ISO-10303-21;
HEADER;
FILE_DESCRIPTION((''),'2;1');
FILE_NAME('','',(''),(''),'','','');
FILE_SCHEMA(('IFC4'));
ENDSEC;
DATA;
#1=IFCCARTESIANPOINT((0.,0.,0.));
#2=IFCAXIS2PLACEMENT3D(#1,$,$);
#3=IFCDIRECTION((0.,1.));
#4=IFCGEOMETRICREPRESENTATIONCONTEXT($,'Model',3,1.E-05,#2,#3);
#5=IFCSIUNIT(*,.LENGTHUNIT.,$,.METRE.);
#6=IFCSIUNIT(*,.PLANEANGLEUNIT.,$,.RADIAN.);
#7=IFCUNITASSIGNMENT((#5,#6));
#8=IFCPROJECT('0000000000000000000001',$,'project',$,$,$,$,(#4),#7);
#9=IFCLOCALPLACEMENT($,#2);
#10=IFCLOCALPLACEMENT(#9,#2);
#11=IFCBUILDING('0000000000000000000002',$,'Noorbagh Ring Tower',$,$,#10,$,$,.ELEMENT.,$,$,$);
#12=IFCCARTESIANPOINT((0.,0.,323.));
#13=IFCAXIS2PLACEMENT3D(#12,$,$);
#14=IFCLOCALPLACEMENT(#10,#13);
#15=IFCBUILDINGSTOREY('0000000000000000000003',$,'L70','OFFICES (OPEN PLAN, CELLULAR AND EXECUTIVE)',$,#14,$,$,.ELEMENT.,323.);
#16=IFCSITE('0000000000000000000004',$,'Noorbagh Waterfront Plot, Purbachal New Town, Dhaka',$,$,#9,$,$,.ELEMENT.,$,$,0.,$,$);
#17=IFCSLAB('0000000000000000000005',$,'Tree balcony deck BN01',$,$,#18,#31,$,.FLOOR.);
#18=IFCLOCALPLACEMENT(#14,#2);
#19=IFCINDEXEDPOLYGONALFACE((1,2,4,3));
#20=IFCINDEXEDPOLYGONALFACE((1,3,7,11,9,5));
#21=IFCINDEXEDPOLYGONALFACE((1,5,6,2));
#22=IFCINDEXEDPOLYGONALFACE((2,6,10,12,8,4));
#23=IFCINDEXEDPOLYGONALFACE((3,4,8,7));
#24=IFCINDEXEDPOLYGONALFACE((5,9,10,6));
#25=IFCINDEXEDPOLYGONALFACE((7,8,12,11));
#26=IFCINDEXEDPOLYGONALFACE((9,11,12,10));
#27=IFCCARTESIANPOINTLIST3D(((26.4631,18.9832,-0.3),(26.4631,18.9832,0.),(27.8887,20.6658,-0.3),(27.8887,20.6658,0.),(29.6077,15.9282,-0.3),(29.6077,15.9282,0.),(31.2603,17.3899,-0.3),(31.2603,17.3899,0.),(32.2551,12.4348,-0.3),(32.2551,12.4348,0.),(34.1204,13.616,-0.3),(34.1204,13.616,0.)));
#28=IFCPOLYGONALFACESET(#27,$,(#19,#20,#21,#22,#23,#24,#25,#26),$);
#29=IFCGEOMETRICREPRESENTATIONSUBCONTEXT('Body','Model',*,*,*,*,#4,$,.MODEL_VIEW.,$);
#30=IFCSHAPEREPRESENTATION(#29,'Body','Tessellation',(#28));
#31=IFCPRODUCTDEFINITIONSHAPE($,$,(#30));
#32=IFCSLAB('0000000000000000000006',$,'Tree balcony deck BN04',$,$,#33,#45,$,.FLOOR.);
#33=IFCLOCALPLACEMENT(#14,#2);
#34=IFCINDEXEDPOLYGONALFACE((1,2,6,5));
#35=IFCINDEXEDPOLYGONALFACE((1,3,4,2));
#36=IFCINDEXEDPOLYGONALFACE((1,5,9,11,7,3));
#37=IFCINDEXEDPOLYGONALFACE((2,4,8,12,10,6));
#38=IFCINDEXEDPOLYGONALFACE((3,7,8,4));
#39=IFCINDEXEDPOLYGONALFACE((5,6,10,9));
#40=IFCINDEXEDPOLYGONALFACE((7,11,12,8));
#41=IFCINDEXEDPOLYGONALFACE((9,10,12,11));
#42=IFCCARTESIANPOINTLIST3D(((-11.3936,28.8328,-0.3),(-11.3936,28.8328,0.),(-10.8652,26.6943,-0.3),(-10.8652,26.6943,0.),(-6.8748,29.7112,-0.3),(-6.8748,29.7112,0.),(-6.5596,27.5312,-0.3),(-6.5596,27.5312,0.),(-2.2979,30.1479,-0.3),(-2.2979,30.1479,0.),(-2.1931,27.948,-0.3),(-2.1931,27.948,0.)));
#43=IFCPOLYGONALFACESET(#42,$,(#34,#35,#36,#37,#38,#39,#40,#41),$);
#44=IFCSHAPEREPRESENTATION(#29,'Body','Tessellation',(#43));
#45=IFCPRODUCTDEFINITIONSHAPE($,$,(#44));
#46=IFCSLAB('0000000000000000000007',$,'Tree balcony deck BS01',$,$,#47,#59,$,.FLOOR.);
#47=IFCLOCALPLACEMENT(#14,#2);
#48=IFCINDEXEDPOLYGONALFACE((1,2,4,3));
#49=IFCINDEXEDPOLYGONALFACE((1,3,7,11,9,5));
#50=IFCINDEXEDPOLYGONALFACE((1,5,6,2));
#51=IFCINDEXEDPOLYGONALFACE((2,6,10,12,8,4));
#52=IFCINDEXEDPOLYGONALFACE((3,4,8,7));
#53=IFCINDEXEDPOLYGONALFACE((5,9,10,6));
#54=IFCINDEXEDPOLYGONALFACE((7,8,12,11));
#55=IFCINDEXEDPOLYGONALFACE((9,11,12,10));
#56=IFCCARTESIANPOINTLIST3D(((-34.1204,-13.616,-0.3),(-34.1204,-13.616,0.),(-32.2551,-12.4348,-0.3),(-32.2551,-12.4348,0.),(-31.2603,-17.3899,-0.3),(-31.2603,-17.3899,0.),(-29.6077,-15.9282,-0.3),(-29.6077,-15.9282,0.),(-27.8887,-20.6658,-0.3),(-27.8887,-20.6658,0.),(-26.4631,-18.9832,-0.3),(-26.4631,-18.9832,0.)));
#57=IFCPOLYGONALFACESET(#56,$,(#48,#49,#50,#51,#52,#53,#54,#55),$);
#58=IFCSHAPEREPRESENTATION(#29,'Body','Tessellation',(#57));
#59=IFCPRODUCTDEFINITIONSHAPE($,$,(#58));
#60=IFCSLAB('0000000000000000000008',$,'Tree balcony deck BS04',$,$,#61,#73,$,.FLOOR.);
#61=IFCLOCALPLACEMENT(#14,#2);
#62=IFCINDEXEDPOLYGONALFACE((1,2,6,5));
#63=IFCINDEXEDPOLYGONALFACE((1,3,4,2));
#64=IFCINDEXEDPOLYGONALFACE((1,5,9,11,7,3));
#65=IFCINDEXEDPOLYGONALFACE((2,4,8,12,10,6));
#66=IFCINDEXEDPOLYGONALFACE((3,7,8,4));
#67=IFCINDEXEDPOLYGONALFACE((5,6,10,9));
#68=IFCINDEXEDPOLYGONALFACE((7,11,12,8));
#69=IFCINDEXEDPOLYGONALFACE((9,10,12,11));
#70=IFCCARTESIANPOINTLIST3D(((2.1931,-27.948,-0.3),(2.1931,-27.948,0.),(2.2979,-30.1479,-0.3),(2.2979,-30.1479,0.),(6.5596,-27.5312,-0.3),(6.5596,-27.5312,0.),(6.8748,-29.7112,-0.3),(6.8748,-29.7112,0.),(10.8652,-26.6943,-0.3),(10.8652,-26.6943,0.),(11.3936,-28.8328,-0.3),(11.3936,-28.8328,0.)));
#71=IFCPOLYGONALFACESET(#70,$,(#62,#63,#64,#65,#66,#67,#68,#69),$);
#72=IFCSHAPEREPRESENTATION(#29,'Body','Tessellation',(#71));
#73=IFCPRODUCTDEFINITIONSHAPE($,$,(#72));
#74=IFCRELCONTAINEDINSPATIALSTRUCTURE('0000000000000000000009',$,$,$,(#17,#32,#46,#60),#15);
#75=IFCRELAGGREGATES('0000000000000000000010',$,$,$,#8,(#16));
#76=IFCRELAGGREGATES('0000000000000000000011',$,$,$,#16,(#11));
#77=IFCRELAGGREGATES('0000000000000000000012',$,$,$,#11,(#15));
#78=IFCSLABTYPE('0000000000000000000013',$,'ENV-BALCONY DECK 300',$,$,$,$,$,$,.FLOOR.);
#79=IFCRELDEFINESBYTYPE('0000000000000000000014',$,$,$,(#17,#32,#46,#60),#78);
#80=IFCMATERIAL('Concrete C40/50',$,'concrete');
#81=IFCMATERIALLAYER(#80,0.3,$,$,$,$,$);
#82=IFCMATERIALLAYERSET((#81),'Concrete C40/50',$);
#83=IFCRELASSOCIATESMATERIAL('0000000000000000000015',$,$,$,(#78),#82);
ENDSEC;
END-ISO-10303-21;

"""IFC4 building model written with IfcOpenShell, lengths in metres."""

from ifc_helpers import new_model, si_unit, direction, frame, origin, place, context, subcontext, project, spatial, polyline, outline, extrude, material, layer, layer_set, type_object, element, save


model = new_model("IFC4")

# Units and contexts
model_context = context("Model", 3, precision=1e-05, world=origin(), true_north=direction((0.0, 1.0)))
body_context = subcontext(model_context, "Body", "Model", "MODEL_VIEW")
ifc_project = project(units=[si_unit("LENGTHUNIT", "METRE"), si_unit("PLANEANGLEUNIT", "RADIAN")], contexts=[model_context])

# Site, building, storey
site_placement = place(None, origin())
site = spatial("IfcSite", under=ifc_project, at=site_placement, Name="Noorbagh Waterfront Plot, Purbachal New Town, Dhaka", CompositionType="ELEMENT", RefElevation=0.0)
building_placement = place(site_placement, origin())
building = spatial("IfcBuilding", under=site, at=building_placement, Name="Noorbagh Ring Tower", CompositionType="ELEMENT")
storey_placement = place(building_placement, frame((0.0, 0.0, 323.0)))
storey = spatial("IfcBuildingStorey", under=building, at=storey_placement, Name="L70", Description="OFFICES (OPEN PLAN, CELLULAR AND EXECUTIVE)", CompositionType="ELEMENT", Elevation=323.0)

# Slabs
ifc_material = material(Name="Concrete C40/50", Category="concrete")
ifc_layer = layer(ifc_material, 0.3)
ifc_layer_set = layer_set([ifc_layer], Name="Concrete C40/50")
slab_type = type_object("IfcSlabType", Name="ENV-BALCONY DECK 300", PredefinedType="FLOOR", material=ifc_layer_set)
slab_1_placement = place(storey_placement, frame((0.0, 0.0, -0.3)))
element("IfcSlab", 1, at=slab_1_placement, inside=storey, type_object=slab_type, Name="Tree balcony deck BN01", PredefinedType="FLOOR", context=body_context, shape_type="SweptSolid", body=[
    extrude(outline(polyline([(34.1204, 13.616), (31.2603, 17.3899), (27.8887, 20.6658), (26.4631, 18.9832), (29.6077, 15.9282), (32.2551, 12.4348), (34.1204, 13.616)])), origin(), (0.0, 0.0, 1.0), 0.3),
])
slab_2_placement = place(storey_placement, frame((0.0, 0.0, -0.3)))
element("IfcSlab", 2, at=slab_2_placement, inside=storey, type_object=slab_type, Name="Tree balcony deck BN04", PredefinedType="FLOOR", context=body_context, shape_type="SweptSolid", body=[
    extrude(outline(polyline([(-2.2979, 30.1479), (-6.8748, 29.7112), (-11.3936, 28.8328), (-10.8652, 26.6943), (-6.5596, 27.5312), (-2.1931, 27.948), (-2.2979, 30.1479)])), origin(), (0.0, 0.0, 1.0), 0.3),
])
slab_3_placement = place(storey_placement, frame((0.0, 0.0, -0.3)))
element("IfcSlab", 3, at=slab_3_placement, inside=storey, type_object=slab_type, Name="Tree balcony deck BS01", PredefinedType="FLOOR", context=body_context, shape_type="SweptSolid", body=[
    extrude(outline(polyline([(-34.1204, -13.616), (-31.2603, -17.3899), (-27.8887, -20.6658), (-26.4631, -18.9832), (-29.6077, -15.9282), (-32.2551, -12.4348), (-34.1204, -13.616)])), origin(), (0.0, 0.0, 1.0), 0.3),
])
slab_4_placement = place(storey_placement, frame((0.0, 0.0, -0.3)))
element("IfcSlab", 4, at=slab_4_placement, inside=storey, type_object=slab_type, Name="Tree balcony deck BS04", PredefinedType="FLOOR", context=body_context, shape_type="SweptSolid", body=[
    extrude(outline(polyline([(2.2979, -30.1479), (6.8748, -29.7112), (11.3936, -28.8328), (10.8652, -26.6943), (6.5596, -27.5312), (2.1931, -27.948), (2.2979, -30.1479)])), origin(), (0.0, 0.0, 1.0), 0.3),
])

save(model, "model.ifc")
